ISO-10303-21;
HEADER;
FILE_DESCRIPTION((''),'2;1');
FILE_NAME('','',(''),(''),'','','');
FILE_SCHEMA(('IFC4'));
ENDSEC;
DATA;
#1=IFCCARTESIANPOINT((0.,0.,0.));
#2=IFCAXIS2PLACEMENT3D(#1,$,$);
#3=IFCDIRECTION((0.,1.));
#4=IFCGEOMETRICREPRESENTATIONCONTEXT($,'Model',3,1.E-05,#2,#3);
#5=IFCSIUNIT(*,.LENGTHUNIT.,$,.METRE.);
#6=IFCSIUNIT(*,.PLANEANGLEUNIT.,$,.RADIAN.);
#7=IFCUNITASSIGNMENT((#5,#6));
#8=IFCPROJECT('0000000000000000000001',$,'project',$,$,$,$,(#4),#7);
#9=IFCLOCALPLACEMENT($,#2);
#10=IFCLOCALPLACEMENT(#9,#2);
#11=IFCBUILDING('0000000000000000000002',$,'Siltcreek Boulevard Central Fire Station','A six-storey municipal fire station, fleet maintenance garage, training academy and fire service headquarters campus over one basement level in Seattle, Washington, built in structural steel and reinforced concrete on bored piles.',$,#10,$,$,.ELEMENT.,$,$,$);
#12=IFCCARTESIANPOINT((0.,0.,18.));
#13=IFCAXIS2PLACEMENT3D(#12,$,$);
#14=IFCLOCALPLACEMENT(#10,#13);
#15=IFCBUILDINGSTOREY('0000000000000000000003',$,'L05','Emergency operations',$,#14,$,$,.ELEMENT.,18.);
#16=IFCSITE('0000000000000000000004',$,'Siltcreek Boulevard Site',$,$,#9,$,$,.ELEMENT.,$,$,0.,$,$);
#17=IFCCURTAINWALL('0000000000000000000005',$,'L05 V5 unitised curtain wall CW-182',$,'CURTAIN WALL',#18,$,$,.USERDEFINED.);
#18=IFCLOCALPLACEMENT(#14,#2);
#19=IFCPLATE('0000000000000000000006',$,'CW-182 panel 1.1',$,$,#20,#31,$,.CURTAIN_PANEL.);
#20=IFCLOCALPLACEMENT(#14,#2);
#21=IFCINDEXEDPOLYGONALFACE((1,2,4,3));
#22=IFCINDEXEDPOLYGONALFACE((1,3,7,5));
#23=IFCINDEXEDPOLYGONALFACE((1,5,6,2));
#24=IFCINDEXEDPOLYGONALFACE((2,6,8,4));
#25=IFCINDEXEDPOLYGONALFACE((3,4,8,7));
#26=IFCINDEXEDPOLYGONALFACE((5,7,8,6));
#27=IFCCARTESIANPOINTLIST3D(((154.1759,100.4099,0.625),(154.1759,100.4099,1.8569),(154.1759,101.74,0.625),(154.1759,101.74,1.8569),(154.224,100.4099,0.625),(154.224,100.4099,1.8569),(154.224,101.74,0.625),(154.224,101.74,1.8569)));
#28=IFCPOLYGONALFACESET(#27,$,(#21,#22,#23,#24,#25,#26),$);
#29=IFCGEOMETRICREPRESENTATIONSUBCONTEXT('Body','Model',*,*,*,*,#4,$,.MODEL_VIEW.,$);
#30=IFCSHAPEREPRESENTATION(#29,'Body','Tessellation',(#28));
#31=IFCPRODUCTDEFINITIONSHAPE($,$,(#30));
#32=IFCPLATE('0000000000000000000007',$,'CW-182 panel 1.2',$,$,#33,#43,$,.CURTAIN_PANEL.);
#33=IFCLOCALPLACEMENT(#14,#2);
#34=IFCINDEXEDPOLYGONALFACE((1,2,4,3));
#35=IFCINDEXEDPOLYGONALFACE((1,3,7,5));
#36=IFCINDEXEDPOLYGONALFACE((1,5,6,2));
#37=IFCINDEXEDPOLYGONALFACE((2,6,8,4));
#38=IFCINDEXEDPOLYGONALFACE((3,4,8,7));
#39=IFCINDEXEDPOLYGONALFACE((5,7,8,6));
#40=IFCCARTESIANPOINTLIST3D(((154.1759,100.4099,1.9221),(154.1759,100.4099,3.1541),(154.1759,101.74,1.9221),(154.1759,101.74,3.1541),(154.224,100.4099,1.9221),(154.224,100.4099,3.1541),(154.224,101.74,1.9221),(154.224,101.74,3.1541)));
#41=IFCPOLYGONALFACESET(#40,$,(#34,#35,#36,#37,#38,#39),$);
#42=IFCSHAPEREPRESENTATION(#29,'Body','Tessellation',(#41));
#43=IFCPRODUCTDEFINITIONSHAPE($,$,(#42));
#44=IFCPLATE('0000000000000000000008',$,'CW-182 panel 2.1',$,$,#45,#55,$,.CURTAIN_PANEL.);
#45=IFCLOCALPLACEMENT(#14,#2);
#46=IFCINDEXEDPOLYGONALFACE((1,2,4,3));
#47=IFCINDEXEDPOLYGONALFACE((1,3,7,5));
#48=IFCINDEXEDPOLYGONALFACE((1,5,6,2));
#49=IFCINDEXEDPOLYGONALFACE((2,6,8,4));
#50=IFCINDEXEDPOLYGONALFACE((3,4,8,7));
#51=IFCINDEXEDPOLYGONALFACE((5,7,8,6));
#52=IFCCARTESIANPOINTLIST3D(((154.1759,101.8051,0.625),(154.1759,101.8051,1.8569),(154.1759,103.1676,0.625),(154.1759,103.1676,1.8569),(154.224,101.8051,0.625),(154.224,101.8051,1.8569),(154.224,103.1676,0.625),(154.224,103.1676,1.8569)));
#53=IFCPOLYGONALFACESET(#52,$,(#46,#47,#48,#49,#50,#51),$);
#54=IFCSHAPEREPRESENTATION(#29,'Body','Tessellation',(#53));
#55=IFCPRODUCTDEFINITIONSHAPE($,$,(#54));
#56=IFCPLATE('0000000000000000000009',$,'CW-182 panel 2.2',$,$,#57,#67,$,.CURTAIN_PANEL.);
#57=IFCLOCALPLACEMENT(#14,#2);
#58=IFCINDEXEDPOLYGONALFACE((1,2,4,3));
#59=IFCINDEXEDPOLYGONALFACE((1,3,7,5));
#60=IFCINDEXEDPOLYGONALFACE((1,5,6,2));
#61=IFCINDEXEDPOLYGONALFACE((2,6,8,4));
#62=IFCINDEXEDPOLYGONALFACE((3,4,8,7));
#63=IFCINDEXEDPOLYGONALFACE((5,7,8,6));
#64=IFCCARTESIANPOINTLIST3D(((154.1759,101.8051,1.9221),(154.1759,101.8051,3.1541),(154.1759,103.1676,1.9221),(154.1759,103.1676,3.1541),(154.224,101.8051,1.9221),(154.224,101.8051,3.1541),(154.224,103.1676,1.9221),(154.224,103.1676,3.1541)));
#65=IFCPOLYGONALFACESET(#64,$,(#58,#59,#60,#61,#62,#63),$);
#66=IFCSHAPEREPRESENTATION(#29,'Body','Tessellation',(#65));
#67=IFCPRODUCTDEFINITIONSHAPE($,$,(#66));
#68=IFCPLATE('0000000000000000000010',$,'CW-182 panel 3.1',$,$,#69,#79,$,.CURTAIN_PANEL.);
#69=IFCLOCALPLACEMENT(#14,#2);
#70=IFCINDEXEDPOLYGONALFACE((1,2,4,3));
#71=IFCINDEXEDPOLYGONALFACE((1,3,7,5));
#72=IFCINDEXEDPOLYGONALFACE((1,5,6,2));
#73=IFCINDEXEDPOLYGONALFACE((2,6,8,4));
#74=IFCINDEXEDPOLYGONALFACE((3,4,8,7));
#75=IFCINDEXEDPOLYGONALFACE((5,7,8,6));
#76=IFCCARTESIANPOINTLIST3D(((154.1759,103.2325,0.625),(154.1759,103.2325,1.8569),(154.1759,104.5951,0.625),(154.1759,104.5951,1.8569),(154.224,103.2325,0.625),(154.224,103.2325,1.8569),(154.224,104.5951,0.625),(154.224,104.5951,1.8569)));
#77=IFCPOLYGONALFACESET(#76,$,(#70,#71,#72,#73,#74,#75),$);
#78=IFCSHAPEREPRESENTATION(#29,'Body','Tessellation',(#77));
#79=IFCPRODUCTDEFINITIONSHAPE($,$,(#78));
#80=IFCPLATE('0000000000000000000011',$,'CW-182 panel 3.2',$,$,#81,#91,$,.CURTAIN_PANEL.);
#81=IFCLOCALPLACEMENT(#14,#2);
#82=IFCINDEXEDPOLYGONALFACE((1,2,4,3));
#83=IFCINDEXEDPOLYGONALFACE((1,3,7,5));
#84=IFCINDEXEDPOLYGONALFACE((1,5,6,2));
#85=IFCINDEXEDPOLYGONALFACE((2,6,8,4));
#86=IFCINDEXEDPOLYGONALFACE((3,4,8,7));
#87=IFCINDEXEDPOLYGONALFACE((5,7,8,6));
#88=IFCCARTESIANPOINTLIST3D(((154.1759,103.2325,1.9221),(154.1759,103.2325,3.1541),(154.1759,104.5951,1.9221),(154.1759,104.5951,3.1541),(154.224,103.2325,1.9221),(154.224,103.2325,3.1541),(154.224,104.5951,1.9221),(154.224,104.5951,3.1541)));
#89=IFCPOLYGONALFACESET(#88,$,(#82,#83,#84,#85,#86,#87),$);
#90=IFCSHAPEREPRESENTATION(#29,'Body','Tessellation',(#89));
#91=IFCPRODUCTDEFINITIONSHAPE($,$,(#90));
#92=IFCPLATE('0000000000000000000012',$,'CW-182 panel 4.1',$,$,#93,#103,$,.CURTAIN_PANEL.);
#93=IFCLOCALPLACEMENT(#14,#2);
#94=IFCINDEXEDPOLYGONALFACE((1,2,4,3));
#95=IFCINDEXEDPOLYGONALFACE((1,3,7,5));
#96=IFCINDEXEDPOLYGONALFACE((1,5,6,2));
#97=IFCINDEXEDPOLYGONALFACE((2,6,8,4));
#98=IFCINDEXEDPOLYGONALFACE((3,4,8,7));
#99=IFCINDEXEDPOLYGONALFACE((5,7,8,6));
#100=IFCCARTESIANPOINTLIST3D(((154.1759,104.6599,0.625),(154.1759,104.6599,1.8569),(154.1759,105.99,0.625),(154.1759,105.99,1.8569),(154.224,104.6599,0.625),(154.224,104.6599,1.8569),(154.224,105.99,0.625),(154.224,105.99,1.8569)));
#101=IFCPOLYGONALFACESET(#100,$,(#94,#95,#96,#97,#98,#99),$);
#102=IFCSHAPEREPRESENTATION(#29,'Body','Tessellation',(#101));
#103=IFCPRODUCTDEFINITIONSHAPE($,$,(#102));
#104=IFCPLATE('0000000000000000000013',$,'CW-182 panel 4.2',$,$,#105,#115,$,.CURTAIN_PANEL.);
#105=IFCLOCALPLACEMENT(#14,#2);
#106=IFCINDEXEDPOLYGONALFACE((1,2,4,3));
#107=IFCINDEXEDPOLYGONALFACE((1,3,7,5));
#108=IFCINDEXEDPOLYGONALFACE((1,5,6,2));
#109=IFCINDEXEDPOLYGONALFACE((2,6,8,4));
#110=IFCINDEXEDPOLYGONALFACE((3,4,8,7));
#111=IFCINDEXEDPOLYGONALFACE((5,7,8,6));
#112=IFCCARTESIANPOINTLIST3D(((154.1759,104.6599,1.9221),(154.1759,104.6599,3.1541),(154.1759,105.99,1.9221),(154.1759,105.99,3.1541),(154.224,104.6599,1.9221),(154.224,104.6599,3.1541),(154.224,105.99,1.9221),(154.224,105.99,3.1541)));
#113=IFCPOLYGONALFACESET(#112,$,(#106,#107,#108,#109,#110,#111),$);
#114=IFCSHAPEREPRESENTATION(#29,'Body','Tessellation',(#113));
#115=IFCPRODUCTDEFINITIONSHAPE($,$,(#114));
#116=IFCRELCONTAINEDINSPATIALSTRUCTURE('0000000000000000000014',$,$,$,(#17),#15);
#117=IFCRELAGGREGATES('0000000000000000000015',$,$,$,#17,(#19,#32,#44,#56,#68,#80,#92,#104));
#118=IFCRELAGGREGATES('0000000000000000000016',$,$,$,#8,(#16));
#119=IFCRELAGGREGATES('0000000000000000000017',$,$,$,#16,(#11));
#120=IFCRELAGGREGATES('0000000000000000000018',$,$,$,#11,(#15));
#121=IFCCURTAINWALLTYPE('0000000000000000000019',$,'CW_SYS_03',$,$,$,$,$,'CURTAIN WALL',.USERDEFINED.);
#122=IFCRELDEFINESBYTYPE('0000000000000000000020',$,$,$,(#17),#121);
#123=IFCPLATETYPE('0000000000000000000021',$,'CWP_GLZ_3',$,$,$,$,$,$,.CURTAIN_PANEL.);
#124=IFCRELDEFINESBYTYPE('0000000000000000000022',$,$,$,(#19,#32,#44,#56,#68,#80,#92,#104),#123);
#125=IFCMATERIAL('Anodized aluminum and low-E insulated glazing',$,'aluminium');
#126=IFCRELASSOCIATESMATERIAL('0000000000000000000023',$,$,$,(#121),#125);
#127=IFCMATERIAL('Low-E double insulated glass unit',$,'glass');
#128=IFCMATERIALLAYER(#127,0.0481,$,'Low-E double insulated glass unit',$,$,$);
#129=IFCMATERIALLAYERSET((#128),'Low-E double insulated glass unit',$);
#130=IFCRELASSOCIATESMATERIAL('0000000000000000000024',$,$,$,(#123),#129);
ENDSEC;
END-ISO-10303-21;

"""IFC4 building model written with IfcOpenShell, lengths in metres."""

from ifc_helpers import new_model, si_unit, direction, frame, origin, origin_2d, place, context, subcontext, project, spatial, rectangle, extrude, material, layer, layer_set, type_object, element, aggregate, save


model = new_model("IFC4")

# Units and contexts
model_context = context("Model", 3, precision=1e-05, world=origin(), true_north=direction((0.0, 1.0)))
body_context = subcontext(model_context, "Body", "Model", "MODEL_VIEW")
ifc_project = project(units=[si_unit("LENGTHUNIT", "METRE"), si_unit("PLANEANGLEUNIT", "RADIAN")], contexts=[model_context])

# Site, building, storey
site_placement = place(None, origin())
site = spatial("IfcSite", under=ifc_project, at=site_placement, Name="Siltcreek Boulevard Site", CompositionType="ELEMENT", RefElevation=0.0)
building_placement = place(site_placement, origin())
building = spatial("IfcBuilding", under=site, at=building_placement, Name="Siltcreek Boulevard Central Fire Station", Description="A six-storey municipal fire station, fleet maintenance garage, training academy and fire service headquarters campus over one basement level in Seattle, Washington, built in structural steel and reinforced concrete on bored piles.", CompositionType="ELEMENT")
storey_placement = place(building_placement, frame((0.0, 0.0, 18.0)))
storey = spatial("IfcBuildingStorey", under=building, at=storey_placement, Name="L05", Description="Emergency operations", CompositionType="ELEMENT", Elevation=18.0)

# Curtain wall, plates
ifc_material_1 = material(Name="Anodized aluminum and low-E insulated glazing", Category="aluminium")
curtain_wall_type = type_object("IfcCurtainWallType", Name="CW_SYS_03", ElementType="CURTAIN WALL", PredefinedType="USERDEFINED", material=ifc_material_1)
curtain_wall_placement = place(storey_placement, origin())
curtain_wall = element("IfcCurtainWall", 1, at=curtain_wall_placement, inside=storey, type_object=curtain_wall_type, Name="L05 V5 unitised curtain wall CW-182", ObjectType="CURTAIN WALL", PredefinedType="USERDEFINED")
ifc_material_2 = material(Name="Low-E double insulated glass unit", Category="glass")
ifc_layer = layer(ifc_material_2, 0.0481, Name="Low-E double insulated glass unit")
ifc_layer_set = layer_set([ifc_layer], Name="Low-E double insulated glass unit")
plate_type = type_object("IfcPlateType", Name="CWP_GLZ_3", PredefinedType="CURTAIN_PANEL", material=ifc_layer_set)
plate_1_placement = place(storey_placement, frame((154.2, 101.075, 0.625), z_axis=(0.0, 0.0, 1.0), x_axis=(0.0, 1.0, 0.0)))
plate_1 = element("IfcPlate", 2, at=plate_1_placement, type_object=plate_type, Name="CW-182 panel 1.1", PredefinedType="CURTAIN_PANEL", context=body_context, shape_type="SweptSolid", body=[
    extrude(rectangle(XDim=1.3301, YDim=0.0481, at=origin_2d()), origin(), (0.0, 0.0, 1.0), 1.2319),
])
plate_2_placement = place(storey_placement, frame((154.2, 101.075, 1.9221), z_axis=(0.0, 0.0, 1.0), x_axis=(0.0, 1.0, 0.0)))
plate_2 = element("IfcPlate", 3, at=plate_2_placement, type_object=plate_type, Name="CW-182 panel 1.2", PredefinedType="CURTAIN_PANEL", context=body_context, shape_type="SweptSolid", body=[
    extrude(rectangle(XDim=1.3301, YDim=0.0481, at=origin_2d()), origin(), (0.0, 0.0, 1.0), 1.2319),
])
plate_3_placement = place(storey_placement, frame((154.2, 102.4863, 0.625), z_axis=(0.0, 0.0, 1.0), x_axis=(0.0, 1.0, 0.0)))
plate_3 = element("IfcPlate", 4, at=plate_3_placement, type_object=plate_type, Name="CW-182 panel 2.1", PredefinedType="CURTAIN_PANEL", context=body_context, shape_type="SweptSolid", body=[
    extrude(rectangle(XDim=1.3625, YDim=0.0481, at=origin_2d()), origin(), (0.0, 0.0, 1.0), 1.2319),
])
plate_4_placement = place(storey_placement, frame((154.2, 102.4863, 1.9221), z_axis=(0.0, 0.0, 1.0), x_axis=(0.0, 1.0, 0.0)))
plate_4 = element("IfcPlate", 5, at=plate_4_placement, type_object=plate_type, Name="CW-182 panel 2.2", PredefinedType="CURTAIN_PANEL", context=body_context, shape_type="SweptSolid", body=[
    extrude(rectangle(XDim=1.3625, YDim=0.0481, at=origin_2d()), origin(), (0.0, 0.0, 1.0), 1.2319),
])
plate_5_placement = place(storey_placement, frame((154.2, 103.9138, 0.625), z_axis=(0.0, 0.0, 1.0), x_axis=(0.0, 1.0, 0.0)))
plate_5 = element("IfcPlate", 6, at=plate_5_placement, type_object=plate_type, Name="CW-182 panel 3.1", PredefinedType="CURTAIN_PANEL", context=body_context, shape_type="SweptSolid", body=[
    extrude(rectangle(XDim=1.3625, YDim=0.0481, at=origin_2d()), origin(), (0.0, 0.0, 1.0), 1.2319),
])
plate_6_placement = place(storey_placement, frame((154.2, 103.9138, 1.9221), z_axis=(0.0, 0.0, 1.0), x_axis=(0.0, 1.0, 0.0)))
plate_6 = element("IfcPlate", 7, at=plate_6_placement, type_object=plate_type, Name="CW-182 panel 3.2", PredefinedType="CURTAIN_PANEL", context=body_context, shape_type="SweptSolid", body=[
    extrude(rectangle(XDim=1.3625, YDim=0.0481, at=origin_2d()), origin(), (0.0, 0.0, 1.0), 1.2319),
])
plate_7_placement = place(storey_placement, frame((154.2, 105.325, 0.625), z_axis=(0.0, 0.0, 1.0), x_axis=(0.0, 1.0, 0.0)))
plate_7 = element("IfcPlate", 8, at=plate_7_placement, type_object=plate_type, Name="CW-182 panel 4.1", PredefinedType="CURTAIN_PANEL", context=body_context, shape_type="SweptSolid", body=[
    extrude(rectangle(XDim=1.3301, YDim=0.0481, at=origin_2d()), origin(), (0.0, 0.0, 1.0), 1.2319),
])
plate_8_placement = place(storey_placement, frame((154.2, 105.325, 1.9221), z_axis=(0.0, 0.0, 1.0), x_axis=(0.0, 1.0, 0.0)))
plate_8 = element("IfcPlate", 9, at=plate_8_placement, type_object=plate_type, Name="CW-182 panel 4.2", PredefinedType="CURTAIN_PANEL", context=body_context, shape_type="SweptSolid", body=[
    extrude(rectangle(XDim=1.3301, YDim=0.0481, at=origin_2d()), origin(), (0.0, 0.0, 1.0), 1.2319),
])
aggregate(curtain_wall, [plate_1, plate_2, plate_3, plate_4, plate_5, plate_6, plate_7, plate_8])

save(model, "model.ifc")
